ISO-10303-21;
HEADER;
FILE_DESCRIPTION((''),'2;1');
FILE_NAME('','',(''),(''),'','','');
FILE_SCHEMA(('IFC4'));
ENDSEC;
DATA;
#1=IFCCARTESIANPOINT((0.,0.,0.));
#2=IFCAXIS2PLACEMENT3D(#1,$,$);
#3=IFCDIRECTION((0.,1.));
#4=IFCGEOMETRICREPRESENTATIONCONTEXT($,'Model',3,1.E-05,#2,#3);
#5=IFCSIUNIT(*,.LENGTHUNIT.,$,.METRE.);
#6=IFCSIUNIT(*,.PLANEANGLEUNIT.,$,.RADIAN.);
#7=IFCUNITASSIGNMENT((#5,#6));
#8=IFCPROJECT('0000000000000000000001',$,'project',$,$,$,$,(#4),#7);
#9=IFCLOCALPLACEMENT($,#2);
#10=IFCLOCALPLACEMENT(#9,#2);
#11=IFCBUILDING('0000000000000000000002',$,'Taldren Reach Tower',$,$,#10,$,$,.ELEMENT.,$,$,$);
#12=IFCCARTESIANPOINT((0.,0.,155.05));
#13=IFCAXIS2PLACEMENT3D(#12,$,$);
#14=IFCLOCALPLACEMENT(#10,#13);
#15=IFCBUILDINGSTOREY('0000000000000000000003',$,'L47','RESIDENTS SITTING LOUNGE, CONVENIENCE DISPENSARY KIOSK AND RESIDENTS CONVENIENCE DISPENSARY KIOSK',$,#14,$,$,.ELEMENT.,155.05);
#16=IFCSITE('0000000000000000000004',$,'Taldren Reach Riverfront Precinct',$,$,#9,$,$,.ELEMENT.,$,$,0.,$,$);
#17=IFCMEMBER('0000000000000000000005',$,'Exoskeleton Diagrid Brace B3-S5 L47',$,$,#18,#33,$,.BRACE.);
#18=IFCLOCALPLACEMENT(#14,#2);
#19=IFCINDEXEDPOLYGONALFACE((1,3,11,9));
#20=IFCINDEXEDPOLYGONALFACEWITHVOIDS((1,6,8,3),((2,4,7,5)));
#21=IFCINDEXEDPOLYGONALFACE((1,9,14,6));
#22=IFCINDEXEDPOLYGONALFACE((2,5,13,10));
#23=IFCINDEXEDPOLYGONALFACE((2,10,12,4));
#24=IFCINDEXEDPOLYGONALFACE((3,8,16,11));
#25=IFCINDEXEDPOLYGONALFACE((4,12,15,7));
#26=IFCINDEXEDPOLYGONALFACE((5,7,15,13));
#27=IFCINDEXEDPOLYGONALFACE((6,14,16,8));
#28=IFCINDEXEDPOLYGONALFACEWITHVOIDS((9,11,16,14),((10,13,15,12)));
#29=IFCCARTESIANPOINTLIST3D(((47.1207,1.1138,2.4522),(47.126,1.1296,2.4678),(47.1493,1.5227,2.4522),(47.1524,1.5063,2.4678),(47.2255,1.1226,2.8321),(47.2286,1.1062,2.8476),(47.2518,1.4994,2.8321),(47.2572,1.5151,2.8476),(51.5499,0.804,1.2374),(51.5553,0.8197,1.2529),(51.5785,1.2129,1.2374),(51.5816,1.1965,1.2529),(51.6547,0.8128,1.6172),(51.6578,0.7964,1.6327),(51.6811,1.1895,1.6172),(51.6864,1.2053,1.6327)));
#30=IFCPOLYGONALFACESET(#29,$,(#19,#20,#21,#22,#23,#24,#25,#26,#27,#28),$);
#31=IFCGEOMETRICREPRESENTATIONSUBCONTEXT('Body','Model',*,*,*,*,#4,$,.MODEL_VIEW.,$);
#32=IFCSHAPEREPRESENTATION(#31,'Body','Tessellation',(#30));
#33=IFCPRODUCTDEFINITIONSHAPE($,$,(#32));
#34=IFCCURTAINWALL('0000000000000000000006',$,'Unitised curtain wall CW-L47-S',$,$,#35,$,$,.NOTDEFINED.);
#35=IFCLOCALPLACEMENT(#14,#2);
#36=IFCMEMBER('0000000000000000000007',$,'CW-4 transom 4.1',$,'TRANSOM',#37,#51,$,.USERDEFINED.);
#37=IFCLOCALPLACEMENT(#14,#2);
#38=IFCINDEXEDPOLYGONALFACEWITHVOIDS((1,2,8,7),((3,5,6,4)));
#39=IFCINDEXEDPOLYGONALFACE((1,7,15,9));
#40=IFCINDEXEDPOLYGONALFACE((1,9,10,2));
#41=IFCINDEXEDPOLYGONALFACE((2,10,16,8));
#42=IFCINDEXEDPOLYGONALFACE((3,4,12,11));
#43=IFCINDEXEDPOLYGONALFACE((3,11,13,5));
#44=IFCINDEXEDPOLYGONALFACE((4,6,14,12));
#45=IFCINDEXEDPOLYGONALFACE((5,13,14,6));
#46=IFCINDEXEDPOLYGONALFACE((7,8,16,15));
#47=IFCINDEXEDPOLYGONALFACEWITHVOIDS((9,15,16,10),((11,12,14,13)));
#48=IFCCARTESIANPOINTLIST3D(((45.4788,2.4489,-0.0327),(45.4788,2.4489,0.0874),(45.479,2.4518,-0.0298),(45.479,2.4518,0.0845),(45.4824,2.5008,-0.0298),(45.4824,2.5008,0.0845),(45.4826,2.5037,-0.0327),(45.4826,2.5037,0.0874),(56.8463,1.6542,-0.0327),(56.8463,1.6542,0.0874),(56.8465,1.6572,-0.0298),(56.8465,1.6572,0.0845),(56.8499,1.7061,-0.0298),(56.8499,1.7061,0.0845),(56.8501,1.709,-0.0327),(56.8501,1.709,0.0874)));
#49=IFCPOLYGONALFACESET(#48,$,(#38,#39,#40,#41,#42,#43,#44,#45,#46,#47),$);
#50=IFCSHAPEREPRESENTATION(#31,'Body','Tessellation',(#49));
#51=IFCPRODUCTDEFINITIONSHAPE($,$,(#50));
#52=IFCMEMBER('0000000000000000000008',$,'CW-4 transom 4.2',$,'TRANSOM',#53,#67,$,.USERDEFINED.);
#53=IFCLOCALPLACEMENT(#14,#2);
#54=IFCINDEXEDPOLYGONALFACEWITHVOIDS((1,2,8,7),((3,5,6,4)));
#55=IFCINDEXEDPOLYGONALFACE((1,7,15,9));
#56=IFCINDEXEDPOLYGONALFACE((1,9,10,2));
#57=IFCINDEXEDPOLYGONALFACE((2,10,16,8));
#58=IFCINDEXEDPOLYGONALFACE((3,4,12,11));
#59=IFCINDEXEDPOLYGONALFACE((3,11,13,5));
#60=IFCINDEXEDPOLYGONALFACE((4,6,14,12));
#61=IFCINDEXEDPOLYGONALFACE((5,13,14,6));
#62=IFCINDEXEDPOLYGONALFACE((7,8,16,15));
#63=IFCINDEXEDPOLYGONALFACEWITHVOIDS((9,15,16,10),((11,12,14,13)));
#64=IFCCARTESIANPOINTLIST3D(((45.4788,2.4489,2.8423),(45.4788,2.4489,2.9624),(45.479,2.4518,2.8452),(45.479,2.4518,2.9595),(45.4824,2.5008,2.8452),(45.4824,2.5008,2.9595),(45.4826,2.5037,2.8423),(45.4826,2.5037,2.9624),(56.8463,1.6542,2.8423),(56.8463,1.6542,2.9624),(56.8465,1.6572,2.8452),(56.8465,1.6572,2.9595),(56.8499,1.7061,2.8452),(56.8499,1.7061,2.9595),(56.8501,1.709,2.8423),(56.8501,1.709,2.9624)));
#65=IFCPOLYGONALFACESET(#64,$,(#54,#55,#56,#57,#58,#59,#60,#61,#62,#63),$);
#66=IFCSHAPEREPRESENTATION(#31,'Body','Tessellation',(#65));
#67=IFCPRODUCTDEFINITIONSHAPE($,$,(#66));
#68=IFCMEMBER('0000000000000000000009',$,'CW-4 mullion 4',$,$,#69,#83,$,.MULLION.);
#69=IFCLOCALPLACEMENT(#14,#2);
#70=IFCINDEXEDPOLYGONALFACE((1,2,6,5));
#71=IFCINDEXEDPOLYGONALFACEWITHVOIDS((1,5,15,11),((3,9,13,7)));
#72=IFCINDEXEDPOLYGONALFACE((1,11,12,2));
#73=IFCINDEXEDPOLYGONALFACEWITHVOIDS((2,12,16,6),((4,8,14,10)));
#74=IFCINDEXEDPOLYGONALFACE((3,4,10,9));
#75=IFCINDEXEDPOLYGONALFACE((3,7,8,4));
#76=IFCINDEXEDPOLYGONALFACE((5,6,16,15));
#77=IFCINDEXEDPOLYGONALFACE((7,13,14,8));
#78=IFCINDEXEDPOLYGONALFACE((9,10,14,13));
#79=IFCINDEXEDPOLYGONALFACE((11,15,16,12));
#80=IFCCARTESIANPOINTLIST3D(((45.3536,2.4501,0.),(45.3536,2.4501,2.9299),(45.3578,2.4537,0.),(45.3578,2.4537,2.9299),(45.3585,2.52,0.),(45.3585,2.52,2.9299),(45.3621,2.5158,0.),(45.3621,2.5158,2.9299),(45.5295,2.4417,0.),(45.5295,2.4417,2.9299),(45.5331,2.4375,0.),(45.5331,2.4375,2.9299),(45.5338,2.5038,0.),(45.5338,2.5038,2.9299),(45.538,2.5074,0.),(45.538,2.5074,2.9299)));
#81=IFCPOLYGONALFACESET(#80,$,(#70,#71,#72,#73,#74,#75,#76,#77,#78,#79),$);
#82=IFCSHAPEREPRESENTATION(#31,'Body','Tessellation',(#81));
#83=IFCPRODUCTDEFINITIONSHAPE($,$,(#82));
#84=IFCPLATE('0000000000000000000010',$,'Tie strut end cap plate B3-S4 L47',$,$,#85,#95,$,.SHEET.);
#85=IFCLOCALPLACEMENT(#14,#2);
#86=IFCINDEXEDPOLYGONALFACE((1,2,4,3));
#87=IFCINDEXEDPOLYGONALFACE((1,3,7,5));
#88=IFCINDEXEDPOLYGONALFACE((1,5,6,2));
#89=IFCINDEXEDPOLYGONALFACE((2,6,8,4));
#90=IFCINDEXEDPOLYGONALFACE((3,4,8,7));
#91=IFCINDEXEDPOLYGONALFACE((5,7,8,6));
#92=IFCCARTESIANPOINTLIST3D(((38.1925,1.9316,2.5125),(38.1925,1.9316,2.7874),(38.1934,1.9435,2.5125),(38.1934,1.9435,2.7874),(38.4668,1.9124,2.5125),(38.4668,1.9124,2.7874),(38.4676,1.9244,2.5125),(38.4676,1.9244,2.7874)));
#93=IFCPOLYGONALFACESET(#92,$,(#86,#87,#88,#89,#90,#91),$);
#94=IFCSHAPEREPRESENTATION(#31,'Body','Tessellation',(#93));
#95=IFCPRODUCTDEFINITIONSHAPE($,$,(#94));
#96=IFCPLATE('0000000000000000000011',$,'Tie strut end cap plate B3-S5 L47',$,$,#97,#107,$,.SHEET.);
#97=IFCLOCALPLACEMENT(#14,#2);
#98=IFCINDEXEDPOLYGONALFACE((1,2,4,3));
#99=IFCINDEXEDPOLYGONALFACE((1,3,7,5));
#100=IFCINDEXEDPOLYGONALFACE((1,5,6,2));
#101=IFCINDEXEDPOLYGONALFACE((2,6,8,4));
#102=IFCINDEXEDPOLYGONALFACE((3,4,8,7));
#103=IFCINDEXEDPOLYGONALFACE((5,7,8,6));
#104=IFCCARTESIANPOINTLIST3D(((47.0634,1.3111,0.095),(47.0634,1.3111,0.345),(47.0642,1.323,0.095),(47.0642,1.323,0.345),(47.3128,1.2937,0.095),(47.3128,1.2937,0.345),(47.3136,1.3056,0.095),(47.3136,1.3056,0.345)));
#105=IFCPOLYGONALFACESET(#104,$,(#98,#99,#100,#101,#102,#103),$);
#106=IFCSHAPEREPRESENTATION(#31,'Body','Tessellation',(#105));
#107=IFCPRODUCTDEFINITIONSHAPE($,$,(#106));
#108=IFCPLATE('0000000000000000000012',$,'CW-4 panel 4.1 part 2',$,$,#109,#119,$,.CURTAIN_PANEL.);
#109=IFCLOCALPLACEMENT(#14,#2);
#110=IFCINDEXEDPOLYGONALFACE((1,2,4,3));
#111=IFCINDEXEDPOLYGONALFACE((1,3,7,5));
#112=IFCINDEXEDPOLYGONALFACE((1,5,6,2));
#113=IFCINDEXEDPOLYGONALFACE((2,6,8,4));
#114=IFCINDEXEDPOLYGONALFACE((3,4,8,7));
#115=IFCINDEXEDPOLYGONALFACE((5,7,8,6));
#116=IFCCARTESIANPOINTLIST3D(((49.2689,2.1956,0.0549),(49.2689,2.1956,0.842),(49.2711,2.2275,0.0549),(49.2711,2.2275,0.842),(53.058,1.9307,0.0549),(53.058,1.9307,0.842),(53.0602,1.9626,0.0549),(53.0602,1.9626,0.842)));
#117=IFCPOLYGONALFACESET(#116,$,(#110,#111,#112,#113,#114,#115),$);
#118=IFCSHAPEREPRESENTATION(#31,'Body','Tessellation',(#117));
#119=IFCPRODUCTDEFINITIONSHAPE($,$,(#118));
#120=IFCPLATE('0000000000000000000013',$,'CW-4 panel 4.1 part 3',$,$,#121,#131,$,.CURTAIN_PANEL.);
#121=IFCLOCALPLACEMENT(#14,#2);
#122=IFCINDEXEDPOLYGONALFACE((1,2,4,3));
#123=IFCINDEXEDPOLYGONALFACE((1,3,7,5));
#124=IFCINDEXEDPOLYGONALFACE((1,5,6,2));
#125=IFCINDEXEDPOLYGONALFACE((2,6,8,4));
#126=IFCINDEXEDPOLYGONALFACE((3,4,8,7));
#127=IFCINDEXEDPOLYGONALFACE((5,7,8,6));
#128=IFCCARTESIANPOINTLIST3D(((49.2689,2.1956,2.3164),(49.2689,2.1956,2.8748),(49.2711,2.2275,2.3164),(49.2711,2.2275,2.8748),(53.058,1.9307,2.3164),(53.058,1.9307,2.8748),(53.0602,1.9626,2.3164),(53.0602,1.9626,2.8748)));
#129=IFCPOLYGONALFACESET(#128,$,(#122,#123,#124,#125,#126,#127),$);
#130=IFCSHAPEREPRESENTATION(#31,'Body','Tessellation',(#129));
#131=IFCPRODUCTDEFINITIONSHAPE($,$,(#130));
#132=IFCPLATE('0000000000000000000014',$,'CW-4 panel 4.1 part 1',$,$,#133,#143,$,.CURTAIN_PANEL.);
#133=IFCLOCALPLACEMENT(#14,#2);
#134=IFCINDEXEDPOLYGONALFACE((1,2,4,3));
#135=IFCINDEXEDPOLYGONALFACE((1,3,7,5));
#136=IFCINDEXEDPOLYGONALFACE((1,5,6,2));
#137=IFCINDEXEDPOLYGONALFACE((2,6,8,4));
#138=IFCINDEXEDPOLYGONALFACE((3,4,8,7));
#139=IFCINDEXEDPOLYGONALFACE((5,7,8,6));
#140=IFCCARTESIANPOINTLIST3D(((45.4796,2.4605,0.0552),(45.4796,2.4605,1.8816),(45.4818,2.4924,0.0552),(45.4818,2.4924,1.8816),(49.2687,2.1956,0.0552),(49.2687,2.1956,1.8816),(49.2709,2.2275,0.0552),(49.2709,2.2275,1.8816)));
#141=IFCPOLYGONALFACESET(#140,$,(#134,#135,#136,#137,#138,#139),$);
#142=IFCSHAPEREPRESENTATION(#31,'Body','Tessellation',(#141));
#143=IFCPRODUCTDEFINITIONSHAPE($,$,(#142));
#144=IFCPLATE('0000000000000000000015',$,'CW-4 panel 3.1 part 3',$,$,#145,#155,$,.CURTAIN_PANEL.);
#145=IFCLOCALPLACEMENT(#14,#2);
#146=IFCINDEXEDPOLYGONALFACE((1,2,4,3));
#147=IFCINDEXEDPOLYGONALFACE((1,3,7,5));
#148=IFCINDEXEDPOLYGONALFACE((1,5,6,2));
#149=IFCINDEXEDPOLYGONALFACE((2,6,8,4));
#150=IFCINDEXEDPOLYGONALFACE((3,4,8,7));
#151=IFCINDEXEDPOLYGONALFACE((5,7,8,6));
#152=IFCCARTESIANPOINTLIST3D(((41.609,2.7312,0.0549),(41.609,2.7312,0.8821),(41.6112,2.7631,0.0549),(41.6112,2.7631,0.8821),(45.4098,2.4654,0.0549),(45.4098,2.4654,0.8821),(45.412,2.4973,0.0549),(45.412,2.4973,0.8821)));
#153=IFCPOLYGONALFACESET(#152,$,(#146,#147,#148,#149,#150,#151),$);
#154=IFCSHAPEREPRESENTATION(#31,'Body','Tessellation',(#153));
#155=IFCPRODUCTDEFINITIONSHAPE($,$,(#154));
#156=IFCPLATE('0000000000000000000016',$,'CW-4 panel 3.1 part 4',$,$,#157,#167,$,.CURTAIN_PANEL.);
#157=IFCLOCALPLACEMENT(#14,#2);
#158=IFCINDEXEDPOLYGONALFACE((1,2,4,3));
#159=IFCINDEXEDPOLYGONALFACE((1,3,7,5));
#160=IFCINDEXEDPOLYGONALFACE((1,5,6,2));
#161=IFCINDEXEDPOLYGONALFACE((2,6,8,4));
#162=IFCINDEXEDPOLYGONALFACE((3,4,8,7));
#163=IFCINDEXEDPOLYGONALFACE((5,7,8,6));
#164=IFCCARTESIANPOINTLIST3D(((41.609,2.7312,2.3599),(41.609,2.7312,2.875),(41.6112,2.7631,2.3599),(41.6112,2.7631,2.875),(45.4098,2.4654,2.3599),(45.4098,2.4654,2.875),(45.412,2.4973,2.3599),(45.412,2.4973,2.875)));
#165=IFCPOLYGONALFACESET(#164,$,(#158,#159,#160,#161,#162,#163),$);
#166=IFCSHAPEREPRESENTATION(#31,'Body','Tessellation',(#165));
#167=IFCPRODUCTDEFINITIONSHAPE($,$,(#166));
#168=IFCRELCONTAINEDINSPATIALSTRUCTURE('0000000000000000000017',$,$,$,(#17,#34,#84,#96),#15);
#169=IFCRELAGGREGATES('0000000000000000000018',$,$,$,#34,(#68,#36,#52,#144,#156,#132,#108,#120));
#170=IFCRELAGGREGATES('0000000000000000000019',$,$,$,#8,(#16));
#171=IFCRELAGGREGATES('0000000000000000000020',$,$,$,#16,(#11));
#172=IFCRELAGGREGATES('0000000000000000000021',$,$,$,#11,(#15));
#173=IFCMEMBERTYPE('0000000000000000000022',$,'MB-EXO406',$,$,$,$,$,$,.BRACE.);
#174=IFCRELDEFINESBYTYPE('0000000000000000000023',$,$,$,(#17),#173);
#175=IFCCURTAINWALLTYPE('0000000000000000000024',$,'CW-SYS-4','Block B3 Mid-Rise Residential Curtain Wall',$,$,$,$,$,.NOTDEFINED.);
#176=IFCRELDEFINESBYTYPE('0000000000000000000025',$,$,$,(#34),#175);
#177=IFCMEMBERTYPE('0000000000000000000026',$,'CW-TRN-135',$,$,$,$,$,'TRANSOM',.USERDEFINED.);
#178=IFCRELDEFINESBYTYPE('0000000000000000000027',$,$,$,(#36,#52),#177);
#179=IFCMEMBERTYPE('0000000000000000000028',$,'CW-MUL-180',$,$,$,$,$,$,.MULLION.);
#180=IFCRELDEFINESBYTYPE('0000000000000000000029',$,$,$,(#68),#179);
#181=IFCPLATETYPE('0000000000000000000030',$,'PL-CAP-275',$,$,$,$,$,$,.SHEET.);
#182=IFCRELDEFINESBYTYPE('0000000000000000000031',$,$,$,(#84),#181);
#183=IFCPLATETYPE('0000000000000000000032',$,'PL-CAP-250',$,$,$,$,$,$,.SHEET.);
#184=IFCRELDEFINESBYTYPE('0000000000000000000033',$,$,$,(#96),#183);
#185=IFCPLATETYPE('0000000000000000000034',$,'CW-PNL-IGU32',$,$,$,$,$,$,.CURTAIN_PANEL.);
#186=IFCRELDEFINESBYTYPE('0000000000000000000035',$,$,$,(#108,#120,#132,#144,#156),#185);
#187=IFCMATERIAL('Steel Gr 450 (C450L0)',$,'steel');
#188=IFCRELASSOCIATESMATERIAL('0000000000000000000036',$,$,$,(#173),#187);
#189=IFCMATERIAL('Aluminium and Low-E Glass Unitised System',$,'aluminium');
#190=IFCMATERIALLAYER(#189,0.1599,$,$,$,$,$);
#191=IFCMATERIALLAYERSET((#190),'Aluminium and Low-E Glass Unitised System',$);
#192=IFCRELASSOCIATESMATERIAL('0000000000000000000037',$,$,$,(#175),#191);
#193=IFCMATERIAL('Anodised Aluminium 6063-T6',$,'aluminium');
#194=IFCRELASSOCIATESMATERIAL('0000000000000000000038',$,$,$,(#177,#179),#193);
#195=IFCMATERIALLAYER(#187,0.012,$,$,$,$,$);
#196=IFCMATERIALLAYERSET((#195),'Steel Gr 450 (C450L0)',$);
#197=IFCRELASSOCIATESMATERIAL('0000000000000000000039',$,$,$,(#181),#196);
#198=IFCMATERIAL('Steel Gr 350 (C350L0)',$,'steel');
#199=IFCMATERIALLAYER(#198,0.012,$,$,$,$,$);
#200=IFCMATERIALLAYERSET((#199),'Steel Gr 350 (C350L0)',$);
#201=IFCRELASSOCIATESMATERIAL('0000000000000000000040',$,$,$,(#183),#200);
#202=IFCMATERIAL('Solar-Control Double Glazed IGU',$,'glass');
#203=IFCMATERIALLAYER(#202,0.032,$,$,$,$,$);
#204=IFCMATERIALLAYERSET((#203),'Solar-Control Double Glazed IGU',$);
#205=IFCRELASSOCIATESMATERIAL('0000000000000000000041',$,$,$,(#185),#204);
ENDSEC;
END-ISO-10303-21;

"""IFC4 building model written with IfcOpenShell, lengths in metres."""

from ifc_helpers import new_model, si_unit, direction, frame, origin, origin_2d, place, context, subcontext, project, spatial, rectangle, hollow_rectangle, extrude, source, transform, mapped, material, layer, layer_set, material_profile, profile_set, type_object, element, aggregate, save


model = new_model("IFC4")

# Units and contexts
model_context = context("Model", 3, precision=1e-05, world=origin(), true_north=direction((0.0, 1.0)))
body_context = subcontext(model_context, "Body", "Model", "MODEL_VIEW")
ifc_project = project(units=[si_unit("LENGTHUNIT", "METRE"), si_unit("PLANEANGLEUNIT", "RADIAN")], contexts=[model_context])

# Site, building, storey
site_placement = place(None, origin())
site = spatial("IfcSite", under=ifc_project, at=site_placement, Name="Taldren Reach Riverfront Precinct", CompositionType="ELEMENT", RefElevation=0.0)
building_placement = place(site_placement, origin())
building = spatial("IfcBuilding", under=site, at=building_placement, Name="Taldren Reach Tower", CompositionType="ELEMENT")
storey_placement = place(building_placement, frame((0.0, 0.0, 155.05)))
storey = spatial("IfcBuildingStorey", under=building, at=storey_placement, Name="L47", Description="RESIDENTS SITTING LOUNGE, CONVENIENCE DISPENSARY KIOSK AND RESIDENTS CONVENIENCE DISPENSARY KIOSK", CompositionType="ELEMENT", Elevation=155.05)

# Shared definitions
ifc_material_1 = material(Name="Steel Gr 450 (C450L0)", Category="steel")
ifc_material_2 = material(Name="Steel Gr 350 (C350L0)", Category="steel")

# Member
ifc_material_profile_1 = material_profile(ifc_material_1, hollow_rectangle(XDim=0.4099, YDim=0.4099, WallThickness=0.0161, at=origin_2d()), Name="410x410x16.0SHS")
ifc_profile_set_1 = profile_set([ifc_material_profile_1], Name="Steel Gr 450 (C450L0)")
member_type_1 = type_object("IfcMemberType", Name="MB-EXO406", PredefinedType="BRACE", material=ifc_profile_set_1)
shared_shape_1 = source(origin(), body_context, "Body", "SweptSolid", [
    extrude(hollow_rectangle(XDim=0.4099, YDim=0.4099, WallThickness=0.0161, at=origin_2d()), origin(), (0.0, 0.0, 1.0), 4.6033),
])
for number, where, z_axis, x_axis, name in (
    (1, (51.6182, 1.0046, 1.4351), (-0.962196, 0.067304, 0.263912), (-0.069778, -0.997563, 0.0), "Exoskeleton Diagrid Brace B3-S5 L47"),
):
    element("IfcMember", number, at=place(storey_placement, frame(where, z_axis=z_axis, x_axis=x_axis)), inside=storey, type_object=member_type_1, Name=name, PredefinedType="BRACE", context=body_context, shape_type="MappedRepresentation", body=[
        mapped(shared_shape_1, transform((0.0, 0.0, 0.0), scale=1.0)),
    ])

# Curtain wall, members
ifc_material_3 = material(Name="Aluminium and Low-E Glass Unitised System", Category="aluminium")
ifc_layer_1 = layer(ifc_material_3, 0.1599)
ifc_layer_set_1 = layer_set([ifc_layer_1], Name="Aluminium and Low-E Glass Unitised System")
curtain_wall_type = type_object("IfcCurtainWallType", Name="CW-SYS-4", Description="Block B3 Mid-Rise Residential Curtain Wall", PredefinedType="NOTDEFINED", material=ifc_layer_set_1)
curtain_wall_placement = place(storey_placement, origin())
curtain_wall = element("IfcCurtainWall", 2, at=curtain_wall_placement, inside=storey, type_object=curtain_wall_type, Name="Unitised curtain wall CW-L47-S", PredefinedType="NOTDEFINED")
ifc_material_4 = material(Name="Anodised Aluminium 6063-T6", Category="aluminium")
ifc_material_profile_2 = material_profile(ifc_material_4, hollow_rectangle(XDim=0.0549, YDim=0.1201, WallThickness=0.0029, at=origin_2d()), Name="ALU-120x55x3RHS")
ifc_profile_set_2 = profile_set([ifc_material_profile_2], Name="Anodised Aluminium 6063-T6")
member_type_2 = type_object("IfcMemberType", Name="CW-TRN-135", ElementType="TRANSOM", PredefinedType="USERDEFINED", material=ifc_profile_set_2)
shared_shape_2 = source(origin(), body_context, "Body", "SweptSolid", [
    extrude(hollow_rectangle(XDim=0.0549, YDim=0.1201, WallThickness=0.0029, at=origin_2d()), origin(), (0.0, 0.0, 1.0), 11.3953),
])
member_1_placement = place(storey_placement, frame((45.4807, 2.4763, 0.0273), z_axis=(0.997565, -0.069738, 0.0), x_axis=(0.069738, 0.997565, 0.0)))
member_1 = element("IfcMember", 3, at=member_1_placement, type_object=member_type_2, Name="CW-4 transom 4.1", ObjectType="TRANSOM", PredefinedType="USERDEFINED", context=body_context, shape_type="MappedRepresentation", body=[
    mapped(shared_shape_2, transform((0.0, 0.0, 0.0), scale=1.0)),
])
member_2_placement = place(storey_placement, frame((45.4807, 2.4763, 2.9023), z_axis=(0.997565, -0.069738, 0.0), x_axis=(0.069738, 0.997565, 0.0)))
member_2 = element("IfcMember", 4, at=member_2_placement, type_object=member_type_2, Name="CW-4 transom 4.2", ObjectType="TRANSOM", PredefinedType="USERDEFINED", context=body_context, shape_type="MappedRepresentation", body=[
    mapped(shared_shape_2, transform((0.0, 0.0, 0.0), scale=1.0)),
])
ifc_material_profile_3 = material_profile(ifc_material_4, hollow_rectangle(XDim=0.0701, YDim=0.1799, WallThickness=0.0039, at=origin_2d()), Name="ALU-180x70x4RHS")
ifc_profile_set_3 = profile_set([ifc_material_profile_3], Name="Anodised Aluminium 6063-T6")
member_type_3 = type_object("IfcMemberType", Name="CW-MUL-180", PredefinedType="MULLION", material=ifc_profile_set_3)
shared_shape_3 = source(origin(), body_context, "Body", "SweptSolid", [
    extrude(hollow_rectangle(XDim=0.0701, YDim=0.1799, WallThickness=0.0039, at=origin_2d()), origin(), (0.0, 0.0, 1.0), 2.9299),
])
member_3_placement = place(storey_placement, frame((45.4458, 2.4788, 0.0), z_axis=(0.0, 0.0, 1.0), x_axis=(0.069757, 0.997564, 0.0)))
member_3 = element("IfcMember", 5, at=member_3_placement, type_object=member_type_3, Name="CW-4 mullion 4", PredefinedType="MULLION", context=body_context, shape_type="MappedRepresentation", body=[
    mapped(shared_shape_3, transform((0.0, 0.0, 0.0), scale=1.0)),
])

# Plates
ifc_layer_2 = layer(ifc_material_1, 0.012)
ifc_layer_set_2 = layer_set([ifc_layer_2], Name="Steel Gr 450 (C450L0)")
plate_type_1 = type_object("IfcPlateType", Name="PL-CAP-275", PredefinedType="SHEET", material=ifc_layer_set_2)
shared_shape_4 = source(origin(), body_context, "Body", "SweptSolid", [
    extrude(rectangle(XDim=0.2749, YDim=0.012, at=origin_2d()), origin(), (0.0, 0.0, 1.0), 0.2749),
])
plate_1_placement = place(storey_placement, frame((38.3301, 1.928, 2.5125), z_axis=(0.0, 0.0, 1.0), x_axis=(0.997564, -0.069756, 0.0)))
element("IfcPlate", 6, at=plate_1_placement, inside=storey, type_object=plate_type_1, Name="Tie strut end cap plate B3-S4 L47", PredefinedType="SHEET", context=body_context, shape_type="MappedRepresentation", body=[
    mapped(shared_shape_4, transform((0.0, 0.0, 0.0), scale=1.0)),
])
ifc_layer_3 = layer(ifc_material_2, 0.012)
ifc_layer_set_3 = layer_set([ifc_layer_3], Name="Steel Gr 350 (C350L0)")
plate_type_2 = type_object("IfcPlateType", Name="PL-CAP-250", PredefinedType="SHEET", material=ifc_layer_set_3)
shared_shape_5 = source(origin(), body_context, "Body", "SweptSolid", [
    extrude(rectangle(XDim=0.25, YDim=0.012, at=origin_2d()), origin(), (0.0, 0.0, 1.0), 0.25),
])
plate_2_placement = place(storey_placement, frame((47.1885, 1.3083, 0.095), z_axis=(0.0, 0.0, 1.0), x_axis=(0.997564, -0.069756, 0.0)))
element("IfcPlate", 7, at=plate_2_placement, inside=storey, type_object=plate_type_2, Name="Tie strut end cap plate B3-S5 L47", PredefinedType="SHEET", context=body_context, shape_type="MappedRepresentation", body=[
    mapped(shared_shape_5, transform((0.0, 0.0, 0.0), scale=1.0)),
])

# Plates
ifc_material_5 = material(Name="Solar-Control Double Glazed IGU", Category="glass")
ifc_layer_4 = layer(ifc_material_5, 0.032)
ifc_layer_set_4 = layer_set([ifc_layer_4], Name="Solar-Control Double Glazed IGU")
plate_type_3 = type_object("IfcPlateType", Name="CW-PNL-IGU32", PredefinedType="CURTAIN_PANEL", material=ifc_layer_set_4)
shared_shape_6 = source(origin(), body_context, "Body", "SweptSolid", [
    extrude(rectangle(XDim=3.7983, YDim=0.032, at=origin_2d()), origin(), (0.0, 0.0, 1.0), 0.7871),
])
plate_3_placement = place(storey_placement, frame((51.1646, 2.0791, 0.0549), z_axis=(0.0, 0.0, 1.0), x_axis=(0.997564, -0.069757, 0.0)))
plate_3 = element("IfcPlate", 8, at=plate_3_placement, type_object=plate_type_3, Name="CW-4 panel 4.1 part 2", PredefinedType="CURTAIN_PANEL", context=body_context, shape_type="MappedRepresentation", body=[
    mapped(shared_shape_6, transform((0.0, 0.0, 0.0), scale=1.0)),
])
shared_shape_7 = source(origin(), body_context, "Body", "SweptSolid", [
    extrude(rectangle(XDim=3.7983, YDim=0.032, at=origin_2d()), origin(), (0.0, 0.0, 1.0), 0.5583),
])
plate_4_placement = place(storey_placement, frame((51.1646, 2.0791, 2.3164), z_axis=(0.0, 0.0, 1.0), x_axis=(0.997564, -0.069757, 0.0)))
plate_4 = element("IfcPlate", 9, at=plate_4_placement, type_object=plate_type_3, Name="CW-4 panel 4.1 part 3", PredefinedType="CURTAIN_PANEL", context=body_context, shape_type="MappedRepresentation", body=[
    mapped(shared_shape_7, transform((0.0, 0.0, 0.0), scale=1.0)),
])
shared_shape_8 = source(origin(), body_context, "Body", "SweptSolid", [
    extrude(rectangle(XDim=3.7983, YDim=0.032, at=origin_2d()), origin(), (0.0, 0.0, 1.0), 1.8264),
])
plate_5_placement = place(storey_placement, frame((47.3752, 2.344, 0.0552), z_axis=(0.0, 0.0, 1.0), x_axis=(0.997564, -0.069757, 0.0)))
plate_5 = element("IfcPlate", 10, at=plate_5_placement, type_object=plate_type_3, Name="CW-4 panel 4.1 part 1", PredefinedType="CURTAIN_PANEL", context=body_context, shape_type="MappedRepresentation", body=[
    mapped(shared_shape_8, transform((0.0, 0.0, 0.0), scale=1.0)),
])
shared_shape_9 = source(origin(), body_context, "Body", "SweptSolid", [
    extrude(rectangle(XDim=3.8101, YDim=0.032, at=origin_2d()), origin(), (0.0, 0.0, 1.0), 0.8271),
])
plate_6_placement = place(storey_placement, frame((43.5105, 2.6143, 0.0549), z_axis=(0.0, 0.0, 1.0), x_axis=(0.997564, -0.069757, 0.0)))
plate_6 = element("IfcPlate", 11, at=plate_6_placement, type_object=plate_type_3, Name="CW-4 panel 3.1 part 3", PredefinedType="CURTAIN_PANEL", context=body_context, shape_type="MappedRepresentation", body=[
    mapped(shared_shape_9, transform((0.0, 0.0, 0.0), scale=1.0)),
])
shared_shape_10 = source(origin(), body_context, "Body", "SweptSolid", [
    extrude(rectangle(XDim=3.8101, YDim=0.032, at=origin_2d()), origin(), (0.0, 0.0, 1.0), 0.5151),
])
plate_7_placement = place(storey_placement, frame((43.5105, 2.6143, 2.3599), z_axis=(0.0, 0.0, 1.0), x_axis=(0.997564, -0.069757, 0.0)))
plate_7 = element("IfcPlate", 12, at=plate_7_placement, type_object=plate_type_3, Name="CW-4 panel 3.1 part 4", PredefinedType="CURTAIN_PANEL", context=body_context, shape_type="MappedRepresentation", body=[
    mapped(shared_shape_10, transform((0.0, 0.0, 0.0), scale=1.0)),
])
aggregate(curtain_wall, [member_3, member_1, member_2, plate_6, plate_7, plate_5, plate_3, plate_4])

save(model, "model.ifc")
